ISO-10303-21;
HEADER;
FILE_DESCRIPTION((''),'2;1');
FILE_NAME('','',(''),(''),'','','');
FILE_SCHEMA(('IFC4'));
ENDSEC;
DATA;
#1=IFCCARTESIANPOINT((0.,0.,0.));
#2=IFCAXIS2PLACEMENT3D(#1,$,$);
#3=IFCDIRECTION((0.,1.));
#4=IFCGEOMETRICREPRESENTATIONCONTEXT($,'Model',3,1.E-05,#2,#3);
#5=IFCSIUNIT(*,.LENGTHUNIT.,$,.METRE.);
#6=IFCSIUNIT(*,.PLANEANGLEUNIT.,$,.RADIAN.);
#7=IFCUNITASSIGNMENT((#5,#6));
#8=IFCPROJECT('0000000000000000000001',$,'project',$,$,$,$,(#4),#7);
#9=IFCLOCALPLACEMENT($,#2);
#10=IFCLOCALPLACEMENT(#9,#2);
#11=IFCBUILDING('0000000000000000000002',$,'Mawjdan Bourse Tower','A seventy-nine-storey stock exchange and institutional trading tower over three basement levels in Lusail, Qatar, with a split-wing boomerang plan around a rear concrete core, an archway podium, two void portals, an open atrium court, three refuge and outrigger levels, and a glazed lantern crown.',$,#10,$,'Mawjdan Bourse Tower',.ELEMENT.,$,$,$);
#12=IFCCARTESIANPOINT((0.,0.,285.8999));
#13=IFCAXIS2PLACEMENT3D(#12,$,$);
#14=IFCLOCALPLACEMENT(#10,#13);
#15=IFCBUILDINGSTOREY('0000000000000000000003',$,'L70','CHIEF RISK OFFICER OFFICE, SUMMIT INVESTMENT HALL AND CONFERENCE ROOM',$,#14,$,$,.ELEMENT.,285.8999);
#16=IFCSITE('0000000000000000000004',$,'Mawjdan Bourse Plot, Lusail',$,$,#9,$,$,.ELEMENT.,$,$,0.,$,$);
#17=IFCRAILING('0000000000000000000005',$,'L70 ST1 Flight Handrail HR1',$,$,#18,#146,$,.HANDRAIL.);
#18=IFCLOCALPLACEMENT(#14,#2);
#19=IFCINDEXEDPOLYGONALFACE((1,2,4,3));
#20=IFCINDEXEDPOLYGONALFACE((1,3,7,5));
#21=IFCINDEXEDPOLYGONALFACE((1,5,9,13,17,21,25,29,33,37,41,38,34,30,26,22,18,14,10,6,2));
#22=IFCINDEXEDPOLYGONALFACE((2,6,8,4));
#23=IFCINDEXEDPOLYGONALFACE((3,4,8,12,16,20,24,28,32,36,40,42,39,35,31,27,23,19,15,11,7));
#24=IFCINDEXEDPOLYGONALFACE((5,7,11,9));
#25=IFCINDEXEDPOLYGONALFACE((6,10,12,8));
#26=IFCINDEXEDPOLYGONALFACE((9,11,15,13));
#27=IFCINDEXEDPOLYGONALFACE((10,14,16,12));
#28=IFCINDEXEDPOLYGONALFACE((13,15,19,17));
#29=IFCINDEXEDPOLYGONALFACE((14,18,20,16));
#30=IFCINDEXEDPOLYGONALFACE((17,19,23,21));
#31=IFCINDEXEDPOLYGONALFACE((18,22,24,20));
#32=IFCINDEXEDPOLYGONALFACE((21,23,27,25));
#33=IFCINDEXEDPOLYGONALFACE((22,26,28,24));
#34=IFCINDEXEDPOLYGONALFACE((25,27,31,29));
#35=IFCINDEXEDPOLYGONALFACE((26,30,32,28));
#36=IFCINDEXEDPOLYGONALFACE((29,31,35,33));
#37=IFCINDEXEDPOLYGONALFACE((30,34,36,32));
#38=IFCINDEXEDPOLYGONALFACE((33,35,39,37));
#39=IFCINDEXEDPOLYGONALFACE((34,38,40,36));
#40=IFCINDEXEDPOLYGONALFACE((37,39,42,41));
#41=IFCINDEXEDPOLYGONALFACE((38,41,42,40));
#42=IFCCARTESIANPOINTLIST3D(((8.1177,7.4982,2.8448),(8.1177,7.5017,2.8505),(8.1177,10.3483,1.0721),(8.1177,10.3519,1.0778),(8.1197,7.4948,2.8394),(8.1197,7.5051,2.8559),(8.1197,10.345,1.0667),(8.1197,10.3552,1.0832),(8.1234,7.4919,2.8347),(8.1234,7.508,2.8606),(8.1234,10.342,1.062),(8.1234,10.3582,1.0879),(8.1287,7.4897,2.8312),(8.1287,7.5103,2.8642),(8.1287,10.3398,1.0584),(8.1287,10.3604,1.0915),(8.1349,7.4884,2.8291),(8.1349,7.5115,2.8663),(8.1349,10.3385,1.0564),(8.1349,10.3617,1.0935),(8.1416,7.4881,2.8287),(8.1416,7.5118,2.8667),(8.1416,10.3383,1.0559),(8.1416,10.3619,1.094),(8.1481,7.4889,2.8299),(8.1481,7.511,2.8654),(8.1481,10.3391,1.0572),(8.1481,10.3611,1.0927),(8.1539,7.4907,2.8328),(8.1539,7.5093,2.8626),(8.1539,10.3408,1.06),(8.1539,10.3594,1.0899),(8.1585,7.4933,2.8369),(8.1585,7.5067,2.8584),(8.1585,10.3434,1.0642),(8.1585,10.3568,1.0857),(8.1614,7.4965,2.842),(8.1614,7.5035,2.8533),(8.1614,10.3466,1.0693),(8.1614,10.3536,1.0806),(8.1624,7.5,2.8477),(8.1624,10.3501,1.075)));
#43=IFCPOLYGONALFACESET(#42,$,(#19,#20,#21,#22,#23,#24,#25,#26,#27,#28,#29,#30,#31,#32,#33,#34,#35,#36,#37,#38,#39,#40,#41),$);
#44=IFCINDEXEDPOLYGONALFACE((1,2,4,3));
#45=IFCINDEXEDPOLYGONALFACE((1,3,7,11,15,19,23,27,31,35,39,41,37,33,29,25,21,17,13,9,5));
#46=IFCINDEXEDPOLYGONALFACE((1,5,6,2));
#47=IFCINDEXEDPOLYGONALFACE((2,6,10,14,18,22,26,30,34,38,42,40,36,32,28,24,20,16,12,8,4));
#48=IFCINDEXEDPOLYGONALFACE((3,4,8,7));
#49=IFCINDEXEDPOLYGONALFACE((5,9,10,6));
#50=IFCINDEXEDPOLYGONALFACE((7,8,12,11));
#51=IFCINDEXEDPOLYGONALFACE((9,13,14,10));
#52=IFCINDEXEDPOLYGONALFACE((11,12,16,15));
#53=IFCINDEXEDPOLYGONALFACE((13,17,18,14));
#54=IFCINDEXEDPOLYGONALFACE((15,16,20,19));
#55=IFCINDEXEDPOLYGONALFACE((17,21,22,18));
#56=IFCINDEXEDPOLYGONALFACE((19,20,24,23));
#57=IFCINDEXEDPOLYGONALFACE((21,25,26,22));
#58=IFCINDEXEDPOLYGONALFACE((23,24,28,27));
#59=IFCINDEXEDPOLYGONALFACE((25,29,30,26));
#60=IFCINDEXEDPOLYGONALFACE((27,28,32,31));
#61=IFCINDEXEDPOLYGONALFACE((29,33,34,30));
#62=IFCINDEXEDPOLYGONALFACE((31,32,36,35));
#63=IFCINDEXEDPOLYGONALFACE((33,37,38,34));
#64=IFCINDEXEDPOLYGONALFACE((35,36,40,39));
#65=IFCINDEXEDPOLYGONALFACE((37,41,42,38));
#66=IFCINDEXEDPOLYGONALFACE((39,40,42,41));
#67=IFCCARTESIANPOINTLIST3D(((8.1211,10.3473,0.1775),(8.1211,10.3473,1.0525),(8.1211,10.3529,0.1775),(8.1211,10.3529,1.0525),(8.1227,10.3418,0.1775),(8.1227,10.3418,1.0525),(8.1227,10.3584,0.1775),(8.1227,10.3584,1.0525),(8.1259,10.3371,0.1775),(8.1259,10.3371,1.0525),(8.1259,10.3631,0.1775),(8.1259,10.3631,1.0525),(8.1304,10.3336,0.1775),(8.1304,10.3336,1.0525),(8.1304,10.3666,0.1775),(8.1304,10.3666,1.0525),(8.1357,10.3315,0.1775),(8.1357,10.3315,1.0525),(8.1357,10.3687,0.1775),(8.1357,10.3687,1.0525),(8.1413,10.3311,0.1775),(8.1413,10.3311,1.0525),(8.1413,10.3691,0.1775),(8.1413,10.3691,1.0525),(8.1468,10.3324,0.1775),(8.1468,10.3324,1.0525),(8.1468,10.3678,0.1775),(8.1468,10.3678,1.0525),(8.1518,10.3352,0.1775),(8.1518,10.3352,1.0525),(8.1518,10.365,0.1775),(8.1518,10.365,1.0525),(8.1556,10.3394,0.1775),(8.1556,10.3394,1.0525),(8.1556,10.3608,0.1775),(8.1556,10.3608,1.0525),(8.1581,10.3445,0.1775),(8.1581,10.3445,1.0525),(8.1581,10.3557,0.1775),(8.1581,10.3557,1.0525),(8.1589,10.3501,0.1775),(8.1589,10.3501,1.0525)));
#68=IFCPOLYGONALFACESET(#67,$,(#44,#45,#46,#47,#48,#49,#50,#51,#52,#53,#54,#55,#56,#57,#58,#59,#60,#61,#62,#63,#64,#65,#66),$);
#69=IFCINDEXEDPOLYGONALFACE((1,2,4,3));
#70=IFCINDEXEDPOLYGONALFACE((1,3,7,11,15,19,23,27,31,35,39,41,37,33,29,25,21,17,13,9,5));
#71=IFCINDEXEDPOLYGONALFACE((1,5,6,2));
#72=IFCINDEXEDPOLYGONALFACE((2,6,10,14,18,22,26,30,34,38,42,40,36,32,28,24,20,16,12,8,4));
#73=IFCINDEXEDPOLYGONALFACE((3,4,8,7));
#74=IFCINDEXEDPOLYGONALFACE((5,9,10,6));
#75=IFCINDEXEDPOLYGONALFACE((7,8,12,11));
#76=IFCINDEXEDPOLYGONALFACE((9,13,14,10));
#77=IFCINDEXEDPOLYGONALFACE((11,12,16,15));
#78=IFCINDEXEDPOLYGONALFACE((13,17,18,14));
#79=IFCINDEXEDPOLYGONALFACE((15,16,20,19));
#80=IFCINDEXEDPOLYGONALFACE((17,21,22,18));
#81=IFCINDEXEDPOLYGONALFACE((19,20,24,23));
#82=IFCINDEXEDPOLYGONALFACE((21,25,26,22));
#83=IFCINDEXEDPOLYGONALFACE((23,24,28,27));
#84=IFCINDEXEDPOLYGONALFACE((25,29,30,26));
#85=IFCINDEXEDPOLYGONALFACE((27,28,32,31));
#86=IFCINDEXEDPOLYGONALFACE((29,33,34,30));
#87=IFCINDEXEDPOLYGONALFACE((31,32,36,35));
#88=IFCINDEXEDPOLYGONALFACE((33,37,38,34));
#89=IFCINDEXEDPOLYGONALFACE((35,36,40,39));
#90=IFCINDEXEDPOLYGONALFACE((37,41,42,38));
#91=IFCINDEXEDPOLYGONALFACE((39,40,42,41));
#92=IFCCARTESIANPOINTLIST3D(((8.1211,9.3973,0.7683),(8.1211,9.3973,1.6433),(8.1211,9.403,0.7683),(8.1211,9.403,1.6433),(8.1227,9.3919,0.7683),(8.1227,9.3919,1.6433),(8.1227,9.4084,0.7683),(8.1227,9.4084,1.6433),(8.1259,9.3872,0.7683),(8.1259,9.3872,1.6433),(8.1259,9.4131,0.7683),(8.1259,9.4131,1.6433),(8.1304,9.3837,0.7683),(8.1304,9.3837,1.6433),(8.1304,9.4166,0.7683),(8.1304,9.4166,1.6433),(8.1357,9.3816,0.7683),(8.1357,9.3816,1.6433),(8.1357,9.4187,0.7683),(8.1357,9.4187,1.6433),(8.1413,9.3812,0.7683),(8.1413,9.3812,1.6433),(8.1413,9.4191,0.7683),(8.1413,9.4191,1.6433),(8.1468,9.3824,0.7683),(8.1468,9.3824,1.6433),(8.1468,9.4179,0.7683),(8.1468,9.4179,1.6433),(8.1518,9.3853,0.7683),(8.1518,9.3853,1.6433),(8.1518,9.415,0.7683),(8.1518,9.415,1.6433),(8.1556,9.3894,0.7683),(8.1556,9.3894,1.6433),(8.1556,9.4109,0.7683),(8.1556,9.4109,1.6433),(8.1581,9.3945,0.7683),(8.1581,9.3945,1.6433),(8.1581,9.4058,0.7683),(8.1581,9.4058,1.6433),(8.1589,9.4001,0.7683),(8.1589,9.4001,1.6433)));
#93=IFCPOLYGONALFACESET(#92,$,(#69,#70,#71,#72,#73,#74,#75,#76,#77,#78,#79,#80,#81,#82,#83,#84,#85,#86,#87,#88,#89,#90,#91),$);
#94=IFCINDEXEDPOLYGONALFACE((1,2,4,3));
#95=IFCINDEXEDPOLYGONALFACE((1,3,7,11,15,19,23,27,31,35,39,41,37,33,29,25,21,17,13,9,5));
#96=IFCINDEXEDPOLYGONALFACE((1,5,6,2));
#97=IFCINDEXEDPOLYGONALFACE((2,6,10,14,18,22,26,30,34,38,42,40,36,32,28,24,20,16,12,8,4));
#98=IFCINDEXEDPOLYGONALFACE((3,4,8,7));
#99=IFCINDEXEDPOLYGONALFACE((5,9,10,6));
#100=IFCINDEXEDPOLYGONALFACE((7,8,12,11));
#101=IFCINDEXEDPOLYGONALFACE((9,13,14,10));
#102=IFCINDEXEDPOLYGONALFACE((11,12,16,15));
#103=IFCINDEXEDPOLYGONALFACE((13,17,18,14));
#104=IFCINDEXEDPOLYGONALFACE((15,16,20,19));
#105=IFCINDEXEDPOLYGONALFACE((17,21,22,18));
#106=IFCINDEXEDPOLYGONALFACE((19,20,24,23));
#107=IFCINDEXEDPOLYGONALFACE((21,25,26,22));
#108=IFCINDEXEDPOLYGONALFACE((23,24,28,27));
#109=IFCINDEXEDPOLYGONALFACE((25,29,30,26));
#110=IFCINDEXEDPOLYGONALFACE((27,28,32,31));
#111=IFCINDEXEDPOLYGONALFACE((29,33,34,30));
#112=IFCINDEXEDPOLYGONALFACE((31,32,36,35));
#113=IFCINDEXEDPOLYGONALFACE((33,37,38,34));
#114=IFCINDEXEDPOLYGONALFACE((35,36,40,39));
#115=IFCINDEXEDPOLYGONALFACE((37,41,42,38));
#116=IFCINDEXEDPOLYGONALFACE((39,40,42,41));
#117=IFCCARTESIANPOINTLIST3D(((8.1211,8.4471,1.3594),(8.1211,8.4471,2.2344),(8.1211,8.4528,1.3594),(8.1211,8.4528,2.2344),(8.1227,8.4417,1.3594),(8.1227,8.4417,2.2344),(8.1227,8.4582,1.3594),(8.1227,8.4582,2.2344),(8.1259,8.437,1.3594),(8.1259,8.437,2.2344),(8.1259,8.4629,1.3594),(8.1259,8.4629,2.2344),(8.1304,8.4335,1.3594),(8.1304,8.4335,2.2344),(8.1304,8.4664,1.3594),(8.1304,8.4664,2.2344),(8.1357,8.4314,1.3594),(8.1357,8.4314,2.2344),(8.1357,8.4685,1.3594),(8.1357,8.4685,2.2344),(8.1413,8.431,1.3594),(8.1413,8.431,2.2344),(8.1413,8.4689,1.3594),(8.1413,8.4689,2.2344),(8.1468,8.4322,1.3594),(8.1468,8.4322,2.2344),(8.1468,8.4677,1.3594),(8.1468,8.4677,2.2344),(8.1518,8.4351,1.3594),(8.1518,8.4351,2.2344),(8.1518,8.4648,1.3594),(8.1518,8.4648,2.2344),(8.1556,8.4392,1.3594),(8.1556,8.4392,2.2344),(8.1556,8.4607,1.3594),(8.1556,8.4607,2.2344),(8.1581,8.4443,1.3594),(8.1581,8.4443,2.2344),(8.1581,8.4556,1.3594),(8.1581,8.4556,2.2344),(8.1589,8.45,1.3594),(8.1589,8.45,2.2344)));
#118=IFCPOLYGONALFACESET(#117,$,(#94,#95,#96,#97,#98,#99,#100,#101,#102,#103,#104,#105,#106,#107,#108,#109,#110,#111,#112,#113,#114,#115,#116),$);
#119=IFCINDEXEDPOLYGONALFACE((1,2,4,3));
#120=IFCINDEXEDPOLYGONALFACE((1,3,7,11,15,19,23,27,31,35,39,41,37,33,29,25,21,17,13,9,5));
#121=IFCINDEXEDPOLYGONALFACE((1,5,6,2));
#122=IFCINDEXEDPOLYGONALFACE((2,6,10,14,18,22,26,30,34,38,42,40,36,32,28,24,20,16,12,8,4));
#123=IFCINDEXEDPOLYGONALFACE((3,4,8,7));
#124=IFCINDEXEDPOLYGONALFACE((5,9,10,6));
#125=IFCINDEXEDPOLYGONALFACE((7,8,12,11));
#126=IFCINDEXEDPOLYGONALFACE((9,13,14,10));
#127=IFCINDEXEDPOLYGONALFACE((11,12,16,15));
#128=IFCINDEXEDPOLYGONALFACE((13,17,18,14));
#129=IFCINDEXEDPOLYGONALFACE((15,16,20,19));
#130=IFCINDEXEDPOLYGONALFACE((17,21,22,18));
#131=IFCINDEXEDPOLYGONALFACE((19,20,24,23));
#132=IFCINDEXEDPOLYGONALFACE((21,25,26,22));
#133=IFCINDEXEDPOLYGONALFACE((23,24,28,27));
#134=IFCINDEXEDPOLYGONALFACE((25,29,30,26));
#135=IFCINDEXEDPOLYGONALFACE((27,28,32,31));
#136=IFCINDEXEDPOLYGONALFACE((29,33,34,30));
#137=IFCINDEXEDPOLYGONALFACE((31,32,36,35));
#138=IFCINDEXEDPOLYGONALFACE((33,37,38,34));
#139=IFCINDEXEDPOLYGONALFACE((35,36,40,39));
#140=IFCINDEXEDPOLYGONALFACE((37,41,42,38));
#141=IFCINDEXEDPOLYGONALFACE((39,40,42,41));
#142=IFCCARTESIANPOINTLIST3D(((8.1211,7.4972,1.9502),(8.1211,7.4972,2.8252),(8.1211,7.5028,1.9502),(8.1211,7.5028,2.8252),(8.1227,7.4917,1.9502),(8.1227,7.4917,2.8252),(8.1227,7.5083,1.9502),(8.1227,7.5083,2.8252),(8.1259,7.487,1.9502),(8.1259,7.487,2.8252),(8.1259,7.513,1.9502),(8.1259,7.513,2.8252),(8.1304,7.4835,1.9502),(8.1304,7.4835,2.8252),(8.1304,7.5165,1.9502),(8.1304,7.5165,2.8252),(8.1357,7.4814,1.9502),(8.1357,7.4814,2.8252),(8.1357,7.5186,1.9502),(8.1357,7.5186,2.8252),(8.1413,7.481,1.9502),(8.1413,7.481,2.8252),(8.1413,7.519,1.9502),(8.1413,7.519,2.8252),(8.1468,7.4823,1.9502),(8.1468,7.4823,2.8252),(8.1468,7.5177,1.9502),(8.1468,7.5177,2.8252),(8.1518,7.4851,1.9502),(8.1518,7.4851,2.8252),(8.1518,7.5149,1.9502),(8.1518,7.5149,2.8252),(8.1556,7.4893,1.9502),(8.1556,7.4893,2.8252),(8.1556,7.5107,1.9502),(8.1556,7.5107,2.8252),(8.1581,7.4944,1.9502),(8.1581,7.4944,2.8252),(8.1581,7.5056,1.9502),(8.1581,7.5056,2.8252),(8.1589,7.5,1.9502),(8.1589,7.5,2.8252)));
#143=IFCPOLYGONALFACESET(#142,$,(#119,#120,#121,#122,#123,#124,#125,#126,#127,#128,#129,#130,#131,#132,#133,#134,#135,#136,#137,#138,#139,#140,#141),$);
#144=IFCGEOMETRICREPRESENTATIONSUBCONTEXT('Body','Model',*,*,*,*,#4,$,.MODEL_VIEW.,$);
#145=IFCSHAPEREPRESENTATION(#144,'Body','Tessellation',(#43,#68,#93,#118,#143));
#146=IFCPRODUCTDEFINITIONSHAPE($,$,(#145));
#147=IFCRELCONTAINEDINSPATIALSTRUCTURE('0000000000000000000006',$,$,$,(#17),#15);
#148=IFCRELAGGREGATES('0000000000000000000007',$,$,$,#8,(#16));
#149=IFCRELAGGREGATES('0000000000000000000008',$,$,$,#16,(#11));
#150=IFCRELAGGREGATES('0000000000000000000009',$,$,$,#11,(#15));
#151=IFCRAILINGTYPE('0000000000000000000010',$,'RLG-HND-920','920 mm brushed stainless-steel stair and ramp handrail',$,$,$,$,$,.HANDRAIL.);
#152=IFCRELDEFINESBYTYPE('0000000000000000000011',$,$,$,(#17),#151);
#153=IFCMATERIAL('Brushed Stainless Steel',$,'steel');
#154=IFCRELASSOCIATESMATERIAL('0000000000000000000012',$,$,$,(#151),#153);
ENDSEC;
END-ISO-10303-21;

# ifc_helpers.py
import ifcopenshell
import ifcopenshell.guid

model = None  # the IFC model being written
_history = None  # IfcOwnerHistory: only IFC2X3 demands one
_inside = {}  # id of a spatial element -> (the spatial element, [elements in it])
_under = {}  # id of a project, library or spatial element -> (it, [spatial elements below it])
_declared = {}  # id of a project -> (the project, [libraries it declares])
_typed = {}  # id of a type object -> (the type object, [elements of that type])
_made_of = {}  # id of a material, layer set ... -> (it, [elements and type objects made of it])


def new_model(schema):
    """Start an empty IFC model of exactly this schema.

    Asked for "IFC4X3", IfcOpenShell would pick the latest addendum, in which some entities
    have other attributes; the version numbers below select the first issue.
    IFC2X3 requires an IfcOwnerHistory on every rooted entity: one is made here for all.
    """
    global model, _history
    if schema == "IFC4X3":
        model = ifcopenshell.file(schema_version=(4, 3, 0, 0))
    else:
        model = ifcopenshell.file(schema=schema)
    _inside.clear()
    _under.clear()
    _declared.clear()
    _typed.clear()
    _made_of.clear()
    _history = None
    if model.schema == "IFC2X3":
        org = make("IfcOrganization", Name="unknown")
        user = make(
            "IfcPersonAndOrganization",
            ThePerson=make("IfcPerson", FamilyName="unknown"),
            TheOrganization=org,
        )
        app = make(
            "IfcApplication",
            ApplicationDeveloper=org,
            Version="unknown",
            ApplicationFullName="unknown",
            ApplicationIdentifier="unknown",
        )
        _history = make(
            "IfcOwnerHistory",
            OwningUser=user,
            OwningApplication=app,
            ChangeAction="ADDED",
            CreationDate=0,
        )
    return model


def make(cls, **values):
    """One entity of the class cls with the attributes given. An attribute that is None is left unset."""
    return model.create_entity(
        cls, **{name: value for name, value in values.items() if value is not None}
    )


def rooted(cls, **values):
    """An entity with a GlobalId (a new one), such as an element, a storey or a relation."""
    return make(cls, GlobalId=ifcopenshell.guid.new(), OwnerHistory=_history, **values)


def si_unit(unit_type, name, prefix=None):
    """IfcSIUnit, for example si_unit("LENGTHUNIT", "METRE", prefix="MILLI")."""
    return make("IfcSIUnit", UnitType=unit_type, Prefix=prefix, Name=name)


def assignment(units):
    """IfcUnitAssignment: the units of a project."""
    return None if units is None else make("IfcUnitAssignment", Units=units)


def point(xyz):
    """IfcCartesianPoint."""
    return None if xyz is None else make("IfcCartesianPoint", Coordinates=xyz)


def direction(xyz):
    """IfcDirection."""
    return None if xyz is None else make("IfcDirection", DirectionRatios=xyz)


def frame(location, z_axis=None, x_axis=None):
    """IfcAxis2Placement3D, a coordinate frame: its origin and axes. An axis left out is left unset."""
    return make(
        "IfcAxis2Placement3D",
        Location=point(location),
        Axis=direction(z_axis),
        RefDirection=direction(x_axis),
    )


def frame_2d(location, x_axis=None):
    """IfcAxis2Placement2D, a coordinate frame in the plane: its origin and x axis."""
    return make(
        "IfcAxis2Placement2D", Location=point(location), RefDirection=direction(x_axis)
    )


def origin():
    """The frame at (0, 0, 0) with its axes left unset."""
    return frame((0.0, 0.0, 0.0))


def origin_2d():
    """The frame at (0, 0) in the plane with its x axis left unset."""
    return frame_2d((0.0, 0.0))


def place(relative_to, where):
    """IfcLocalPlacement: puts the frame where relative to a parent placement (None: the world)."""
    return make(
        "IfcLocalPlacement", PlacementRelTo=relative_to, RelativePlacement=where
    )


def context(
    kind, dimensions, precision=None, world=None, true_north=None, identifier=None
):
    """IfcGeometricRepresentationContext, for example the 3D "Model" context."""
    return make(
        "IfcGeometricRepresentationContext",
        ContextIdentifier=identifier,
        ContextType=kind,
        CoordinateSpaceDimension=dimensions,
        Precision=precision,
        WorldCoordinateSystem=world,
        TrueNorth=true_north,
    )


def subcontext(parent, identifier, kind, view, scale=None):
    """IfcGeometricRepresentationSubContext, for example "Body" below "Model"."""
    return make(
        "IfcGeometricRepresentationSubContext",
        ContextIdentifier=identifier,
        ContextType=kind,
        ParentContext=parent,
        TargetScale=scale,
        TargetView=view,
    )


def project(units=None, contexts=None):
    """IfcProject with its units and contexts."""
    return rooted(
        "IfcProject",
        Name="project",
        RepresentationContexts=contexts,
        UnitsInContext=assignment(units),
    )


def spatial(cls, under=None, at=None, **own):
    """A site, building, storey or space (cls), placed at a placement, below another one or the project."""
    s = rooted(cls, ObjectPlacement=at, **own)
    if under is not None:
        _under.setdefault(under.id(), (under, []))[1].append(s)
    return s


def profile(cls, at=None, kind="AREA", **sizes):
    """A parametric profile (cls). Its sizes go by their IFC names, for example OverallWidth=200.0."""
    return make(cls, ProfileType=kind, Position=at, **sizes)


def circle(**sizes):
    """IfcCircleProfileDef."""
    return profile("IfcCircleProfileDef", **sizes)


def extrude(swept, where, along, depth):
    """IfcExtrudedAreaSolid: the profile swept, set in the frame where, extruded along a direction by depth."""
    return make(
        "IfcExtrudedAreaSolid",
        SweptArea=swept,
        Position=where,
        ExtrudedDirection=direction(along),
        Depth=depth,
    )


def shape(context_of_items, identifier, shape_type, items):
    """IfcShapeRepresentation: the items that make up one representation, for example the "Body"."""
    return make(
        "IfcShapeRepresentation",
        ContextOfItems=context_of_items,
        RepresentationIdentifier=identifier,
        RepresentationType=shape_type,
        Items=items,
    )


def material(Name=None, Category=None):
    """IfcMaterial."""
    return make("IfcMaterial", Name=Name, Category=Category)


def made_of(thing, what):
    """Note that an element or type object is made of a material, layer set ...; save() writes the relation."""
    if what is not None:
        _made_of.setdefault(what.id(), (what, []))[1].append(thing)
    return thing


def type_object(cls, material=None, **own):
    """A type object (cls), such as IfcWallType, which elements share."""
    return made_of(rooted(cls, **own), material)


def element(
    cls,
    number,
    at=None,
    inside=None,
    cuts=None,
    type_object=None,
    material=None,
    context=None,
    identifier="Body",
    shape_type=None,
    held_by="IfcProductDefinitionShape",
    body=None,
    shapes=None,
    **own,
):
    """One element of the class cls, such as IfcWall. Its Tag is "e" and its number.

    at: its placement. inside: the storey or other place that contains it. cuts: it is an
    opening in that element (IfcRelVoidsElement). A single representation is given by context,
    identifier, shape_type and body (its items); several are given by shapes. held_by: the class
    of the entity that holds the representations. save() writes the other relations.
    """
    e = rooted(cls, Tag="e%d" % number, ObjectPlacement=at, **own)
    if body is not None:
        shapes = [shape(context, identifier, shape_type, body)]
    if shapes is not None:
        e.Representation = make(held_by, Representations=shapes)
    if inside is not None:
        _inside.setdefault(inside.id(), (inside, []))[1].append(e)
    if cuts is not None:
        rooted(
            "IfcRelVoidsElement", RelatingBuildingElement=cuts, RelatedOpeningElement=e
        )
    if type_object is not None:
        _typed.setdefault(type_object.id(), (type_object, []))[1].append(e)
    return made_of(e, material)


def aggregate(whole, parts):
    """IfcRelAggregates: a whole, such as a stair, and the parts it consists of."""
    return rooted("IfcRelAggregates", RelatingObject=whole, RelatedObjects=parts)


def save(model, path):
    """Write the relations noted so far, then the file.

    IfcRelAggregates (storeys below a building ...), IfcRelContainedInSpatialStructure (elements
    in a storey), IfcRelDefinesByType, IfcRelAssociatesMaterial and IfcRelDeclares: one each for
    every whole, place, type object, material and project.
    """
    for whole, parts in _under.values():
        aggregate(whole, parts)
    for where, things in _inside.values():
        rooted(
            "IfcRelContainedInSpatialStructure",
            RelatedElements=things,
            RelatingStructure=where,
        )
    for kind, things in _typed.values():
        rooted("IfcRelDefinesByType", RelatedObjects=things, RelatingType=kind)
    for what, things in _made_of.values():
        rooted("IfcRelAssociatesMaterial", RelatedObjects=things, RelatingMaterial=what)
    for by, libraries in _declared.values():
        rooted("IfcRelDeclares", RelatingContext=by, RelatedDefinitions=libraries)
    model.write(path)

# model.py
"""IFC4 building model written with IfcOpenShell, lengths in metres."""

from ifc_helpers import new_model, si_unit, direction, frame, origin, origin_2d, place, context, subcontext, project, spatial, circle, extrude, material, type_object, element, save


model = new_model("IFC4")

# Units and contexts
model_context = context("Model", 3, precision=1e-05, world=origin(), true_north=direction((0.0, 1.0)))
body_context = subcontext(model_context, "Body", "Model", "MODEL_VIEW")
ifc_project = project(units=[si_unit("LENGTHUNIT", "METRE"), si_unit("PLANEANGLEUNIT", "RADIAN")], contexts=[model_context])

# Site, building, storey
site_placement = place(None, origin())
site = spatial("IfcSite", under=ifc_project, at=site_placement, Name="Mawjdan Bourse Plot, Lusail", CompositionType="ELEMENT", RefElevation=0.0)
building_placement = place(site_placement, origin())
building = spatial("IfcBuilding", under=site, at=building_placement, Name="Mawjdan Bourse Tower", Description="A seventy-nine-storey stock exchange and institutional trading tower over three basement levels in Lusail, Qatar, with a split-wing boomerang plan around a rear concrete core, an archway podium, two void portals, an open atrium court, three refuge and outrigger levels, and a glazed lantern crown.", LongName="Mawjdan Bourse Tower", CompositionType="ELEMENT")
storey_placement = place(building_placement, frame((0.0, 0.0, 285.8999)))
storey = spatial("IfcBuildingStorey", under=building, at=storey_placement, Name="L70", Description="CHIEF RISK OFFICER OFFICE, SUMMIT INVESTMENT HALL AND CONFERENCE ROOM", CompositionType="ELEMENT", Elevation=285.8999)

# Railing
ifc_material_1 = material(Name="Brushed Stainless Steel", Category="steel")
railing_type_1 = type_object("IfcRailingType", Name="RLG-HND-920", Description="920 mm brushed stainless-steel stair and ramp handrail", PredefinedType="HANDRAIL", material=ifc_material_1)
railing_1_placement = place(storey_placement, frame((8.1399, 10.3501, 0.1775)))
element("IfcRailing", 1, at=railing_1_placement, inside=storey, type_object=railing_type_1, Name="L70 ST1 Flight Handrail HR1", PredefinedType="HANDRAIL", context=body_context, shape_type="SweptSolid", body=[
    extrude(circle(Radius=0.0225, at=origin_2d()), frame((0.0, 0.0, 0.8975), z_axis=(0.0, -0.849149, 0.528154), x_axis=(1.0, 0.0, 0.0)), (0.0, 0.0, 1.0), 3.3564),
    extrude(circle(Radius=0.019, at=origin_2d()), origin(), (0.0, 0.0, 1.0), 0.875),
    extrude(circle(Radius=0.019, at=origin_2d()), frame((0.0, -0.95, 0.5908)), (0.0, 0.0, 1.0), 0.875),
    extrude(circle(Radius=0.019, at=origin_2d()), frame((0.0, -1.9001, 1.1819)), (0.0, 0.0, 1.0), 0.875),
    extrude(circle(Radius=0.019, at=origin_2d()), frame((0.0, -2.8501, 1.7727)), (0.0, 0.0, 1.0), 0.875),
])

save(model, "model.ifc")
